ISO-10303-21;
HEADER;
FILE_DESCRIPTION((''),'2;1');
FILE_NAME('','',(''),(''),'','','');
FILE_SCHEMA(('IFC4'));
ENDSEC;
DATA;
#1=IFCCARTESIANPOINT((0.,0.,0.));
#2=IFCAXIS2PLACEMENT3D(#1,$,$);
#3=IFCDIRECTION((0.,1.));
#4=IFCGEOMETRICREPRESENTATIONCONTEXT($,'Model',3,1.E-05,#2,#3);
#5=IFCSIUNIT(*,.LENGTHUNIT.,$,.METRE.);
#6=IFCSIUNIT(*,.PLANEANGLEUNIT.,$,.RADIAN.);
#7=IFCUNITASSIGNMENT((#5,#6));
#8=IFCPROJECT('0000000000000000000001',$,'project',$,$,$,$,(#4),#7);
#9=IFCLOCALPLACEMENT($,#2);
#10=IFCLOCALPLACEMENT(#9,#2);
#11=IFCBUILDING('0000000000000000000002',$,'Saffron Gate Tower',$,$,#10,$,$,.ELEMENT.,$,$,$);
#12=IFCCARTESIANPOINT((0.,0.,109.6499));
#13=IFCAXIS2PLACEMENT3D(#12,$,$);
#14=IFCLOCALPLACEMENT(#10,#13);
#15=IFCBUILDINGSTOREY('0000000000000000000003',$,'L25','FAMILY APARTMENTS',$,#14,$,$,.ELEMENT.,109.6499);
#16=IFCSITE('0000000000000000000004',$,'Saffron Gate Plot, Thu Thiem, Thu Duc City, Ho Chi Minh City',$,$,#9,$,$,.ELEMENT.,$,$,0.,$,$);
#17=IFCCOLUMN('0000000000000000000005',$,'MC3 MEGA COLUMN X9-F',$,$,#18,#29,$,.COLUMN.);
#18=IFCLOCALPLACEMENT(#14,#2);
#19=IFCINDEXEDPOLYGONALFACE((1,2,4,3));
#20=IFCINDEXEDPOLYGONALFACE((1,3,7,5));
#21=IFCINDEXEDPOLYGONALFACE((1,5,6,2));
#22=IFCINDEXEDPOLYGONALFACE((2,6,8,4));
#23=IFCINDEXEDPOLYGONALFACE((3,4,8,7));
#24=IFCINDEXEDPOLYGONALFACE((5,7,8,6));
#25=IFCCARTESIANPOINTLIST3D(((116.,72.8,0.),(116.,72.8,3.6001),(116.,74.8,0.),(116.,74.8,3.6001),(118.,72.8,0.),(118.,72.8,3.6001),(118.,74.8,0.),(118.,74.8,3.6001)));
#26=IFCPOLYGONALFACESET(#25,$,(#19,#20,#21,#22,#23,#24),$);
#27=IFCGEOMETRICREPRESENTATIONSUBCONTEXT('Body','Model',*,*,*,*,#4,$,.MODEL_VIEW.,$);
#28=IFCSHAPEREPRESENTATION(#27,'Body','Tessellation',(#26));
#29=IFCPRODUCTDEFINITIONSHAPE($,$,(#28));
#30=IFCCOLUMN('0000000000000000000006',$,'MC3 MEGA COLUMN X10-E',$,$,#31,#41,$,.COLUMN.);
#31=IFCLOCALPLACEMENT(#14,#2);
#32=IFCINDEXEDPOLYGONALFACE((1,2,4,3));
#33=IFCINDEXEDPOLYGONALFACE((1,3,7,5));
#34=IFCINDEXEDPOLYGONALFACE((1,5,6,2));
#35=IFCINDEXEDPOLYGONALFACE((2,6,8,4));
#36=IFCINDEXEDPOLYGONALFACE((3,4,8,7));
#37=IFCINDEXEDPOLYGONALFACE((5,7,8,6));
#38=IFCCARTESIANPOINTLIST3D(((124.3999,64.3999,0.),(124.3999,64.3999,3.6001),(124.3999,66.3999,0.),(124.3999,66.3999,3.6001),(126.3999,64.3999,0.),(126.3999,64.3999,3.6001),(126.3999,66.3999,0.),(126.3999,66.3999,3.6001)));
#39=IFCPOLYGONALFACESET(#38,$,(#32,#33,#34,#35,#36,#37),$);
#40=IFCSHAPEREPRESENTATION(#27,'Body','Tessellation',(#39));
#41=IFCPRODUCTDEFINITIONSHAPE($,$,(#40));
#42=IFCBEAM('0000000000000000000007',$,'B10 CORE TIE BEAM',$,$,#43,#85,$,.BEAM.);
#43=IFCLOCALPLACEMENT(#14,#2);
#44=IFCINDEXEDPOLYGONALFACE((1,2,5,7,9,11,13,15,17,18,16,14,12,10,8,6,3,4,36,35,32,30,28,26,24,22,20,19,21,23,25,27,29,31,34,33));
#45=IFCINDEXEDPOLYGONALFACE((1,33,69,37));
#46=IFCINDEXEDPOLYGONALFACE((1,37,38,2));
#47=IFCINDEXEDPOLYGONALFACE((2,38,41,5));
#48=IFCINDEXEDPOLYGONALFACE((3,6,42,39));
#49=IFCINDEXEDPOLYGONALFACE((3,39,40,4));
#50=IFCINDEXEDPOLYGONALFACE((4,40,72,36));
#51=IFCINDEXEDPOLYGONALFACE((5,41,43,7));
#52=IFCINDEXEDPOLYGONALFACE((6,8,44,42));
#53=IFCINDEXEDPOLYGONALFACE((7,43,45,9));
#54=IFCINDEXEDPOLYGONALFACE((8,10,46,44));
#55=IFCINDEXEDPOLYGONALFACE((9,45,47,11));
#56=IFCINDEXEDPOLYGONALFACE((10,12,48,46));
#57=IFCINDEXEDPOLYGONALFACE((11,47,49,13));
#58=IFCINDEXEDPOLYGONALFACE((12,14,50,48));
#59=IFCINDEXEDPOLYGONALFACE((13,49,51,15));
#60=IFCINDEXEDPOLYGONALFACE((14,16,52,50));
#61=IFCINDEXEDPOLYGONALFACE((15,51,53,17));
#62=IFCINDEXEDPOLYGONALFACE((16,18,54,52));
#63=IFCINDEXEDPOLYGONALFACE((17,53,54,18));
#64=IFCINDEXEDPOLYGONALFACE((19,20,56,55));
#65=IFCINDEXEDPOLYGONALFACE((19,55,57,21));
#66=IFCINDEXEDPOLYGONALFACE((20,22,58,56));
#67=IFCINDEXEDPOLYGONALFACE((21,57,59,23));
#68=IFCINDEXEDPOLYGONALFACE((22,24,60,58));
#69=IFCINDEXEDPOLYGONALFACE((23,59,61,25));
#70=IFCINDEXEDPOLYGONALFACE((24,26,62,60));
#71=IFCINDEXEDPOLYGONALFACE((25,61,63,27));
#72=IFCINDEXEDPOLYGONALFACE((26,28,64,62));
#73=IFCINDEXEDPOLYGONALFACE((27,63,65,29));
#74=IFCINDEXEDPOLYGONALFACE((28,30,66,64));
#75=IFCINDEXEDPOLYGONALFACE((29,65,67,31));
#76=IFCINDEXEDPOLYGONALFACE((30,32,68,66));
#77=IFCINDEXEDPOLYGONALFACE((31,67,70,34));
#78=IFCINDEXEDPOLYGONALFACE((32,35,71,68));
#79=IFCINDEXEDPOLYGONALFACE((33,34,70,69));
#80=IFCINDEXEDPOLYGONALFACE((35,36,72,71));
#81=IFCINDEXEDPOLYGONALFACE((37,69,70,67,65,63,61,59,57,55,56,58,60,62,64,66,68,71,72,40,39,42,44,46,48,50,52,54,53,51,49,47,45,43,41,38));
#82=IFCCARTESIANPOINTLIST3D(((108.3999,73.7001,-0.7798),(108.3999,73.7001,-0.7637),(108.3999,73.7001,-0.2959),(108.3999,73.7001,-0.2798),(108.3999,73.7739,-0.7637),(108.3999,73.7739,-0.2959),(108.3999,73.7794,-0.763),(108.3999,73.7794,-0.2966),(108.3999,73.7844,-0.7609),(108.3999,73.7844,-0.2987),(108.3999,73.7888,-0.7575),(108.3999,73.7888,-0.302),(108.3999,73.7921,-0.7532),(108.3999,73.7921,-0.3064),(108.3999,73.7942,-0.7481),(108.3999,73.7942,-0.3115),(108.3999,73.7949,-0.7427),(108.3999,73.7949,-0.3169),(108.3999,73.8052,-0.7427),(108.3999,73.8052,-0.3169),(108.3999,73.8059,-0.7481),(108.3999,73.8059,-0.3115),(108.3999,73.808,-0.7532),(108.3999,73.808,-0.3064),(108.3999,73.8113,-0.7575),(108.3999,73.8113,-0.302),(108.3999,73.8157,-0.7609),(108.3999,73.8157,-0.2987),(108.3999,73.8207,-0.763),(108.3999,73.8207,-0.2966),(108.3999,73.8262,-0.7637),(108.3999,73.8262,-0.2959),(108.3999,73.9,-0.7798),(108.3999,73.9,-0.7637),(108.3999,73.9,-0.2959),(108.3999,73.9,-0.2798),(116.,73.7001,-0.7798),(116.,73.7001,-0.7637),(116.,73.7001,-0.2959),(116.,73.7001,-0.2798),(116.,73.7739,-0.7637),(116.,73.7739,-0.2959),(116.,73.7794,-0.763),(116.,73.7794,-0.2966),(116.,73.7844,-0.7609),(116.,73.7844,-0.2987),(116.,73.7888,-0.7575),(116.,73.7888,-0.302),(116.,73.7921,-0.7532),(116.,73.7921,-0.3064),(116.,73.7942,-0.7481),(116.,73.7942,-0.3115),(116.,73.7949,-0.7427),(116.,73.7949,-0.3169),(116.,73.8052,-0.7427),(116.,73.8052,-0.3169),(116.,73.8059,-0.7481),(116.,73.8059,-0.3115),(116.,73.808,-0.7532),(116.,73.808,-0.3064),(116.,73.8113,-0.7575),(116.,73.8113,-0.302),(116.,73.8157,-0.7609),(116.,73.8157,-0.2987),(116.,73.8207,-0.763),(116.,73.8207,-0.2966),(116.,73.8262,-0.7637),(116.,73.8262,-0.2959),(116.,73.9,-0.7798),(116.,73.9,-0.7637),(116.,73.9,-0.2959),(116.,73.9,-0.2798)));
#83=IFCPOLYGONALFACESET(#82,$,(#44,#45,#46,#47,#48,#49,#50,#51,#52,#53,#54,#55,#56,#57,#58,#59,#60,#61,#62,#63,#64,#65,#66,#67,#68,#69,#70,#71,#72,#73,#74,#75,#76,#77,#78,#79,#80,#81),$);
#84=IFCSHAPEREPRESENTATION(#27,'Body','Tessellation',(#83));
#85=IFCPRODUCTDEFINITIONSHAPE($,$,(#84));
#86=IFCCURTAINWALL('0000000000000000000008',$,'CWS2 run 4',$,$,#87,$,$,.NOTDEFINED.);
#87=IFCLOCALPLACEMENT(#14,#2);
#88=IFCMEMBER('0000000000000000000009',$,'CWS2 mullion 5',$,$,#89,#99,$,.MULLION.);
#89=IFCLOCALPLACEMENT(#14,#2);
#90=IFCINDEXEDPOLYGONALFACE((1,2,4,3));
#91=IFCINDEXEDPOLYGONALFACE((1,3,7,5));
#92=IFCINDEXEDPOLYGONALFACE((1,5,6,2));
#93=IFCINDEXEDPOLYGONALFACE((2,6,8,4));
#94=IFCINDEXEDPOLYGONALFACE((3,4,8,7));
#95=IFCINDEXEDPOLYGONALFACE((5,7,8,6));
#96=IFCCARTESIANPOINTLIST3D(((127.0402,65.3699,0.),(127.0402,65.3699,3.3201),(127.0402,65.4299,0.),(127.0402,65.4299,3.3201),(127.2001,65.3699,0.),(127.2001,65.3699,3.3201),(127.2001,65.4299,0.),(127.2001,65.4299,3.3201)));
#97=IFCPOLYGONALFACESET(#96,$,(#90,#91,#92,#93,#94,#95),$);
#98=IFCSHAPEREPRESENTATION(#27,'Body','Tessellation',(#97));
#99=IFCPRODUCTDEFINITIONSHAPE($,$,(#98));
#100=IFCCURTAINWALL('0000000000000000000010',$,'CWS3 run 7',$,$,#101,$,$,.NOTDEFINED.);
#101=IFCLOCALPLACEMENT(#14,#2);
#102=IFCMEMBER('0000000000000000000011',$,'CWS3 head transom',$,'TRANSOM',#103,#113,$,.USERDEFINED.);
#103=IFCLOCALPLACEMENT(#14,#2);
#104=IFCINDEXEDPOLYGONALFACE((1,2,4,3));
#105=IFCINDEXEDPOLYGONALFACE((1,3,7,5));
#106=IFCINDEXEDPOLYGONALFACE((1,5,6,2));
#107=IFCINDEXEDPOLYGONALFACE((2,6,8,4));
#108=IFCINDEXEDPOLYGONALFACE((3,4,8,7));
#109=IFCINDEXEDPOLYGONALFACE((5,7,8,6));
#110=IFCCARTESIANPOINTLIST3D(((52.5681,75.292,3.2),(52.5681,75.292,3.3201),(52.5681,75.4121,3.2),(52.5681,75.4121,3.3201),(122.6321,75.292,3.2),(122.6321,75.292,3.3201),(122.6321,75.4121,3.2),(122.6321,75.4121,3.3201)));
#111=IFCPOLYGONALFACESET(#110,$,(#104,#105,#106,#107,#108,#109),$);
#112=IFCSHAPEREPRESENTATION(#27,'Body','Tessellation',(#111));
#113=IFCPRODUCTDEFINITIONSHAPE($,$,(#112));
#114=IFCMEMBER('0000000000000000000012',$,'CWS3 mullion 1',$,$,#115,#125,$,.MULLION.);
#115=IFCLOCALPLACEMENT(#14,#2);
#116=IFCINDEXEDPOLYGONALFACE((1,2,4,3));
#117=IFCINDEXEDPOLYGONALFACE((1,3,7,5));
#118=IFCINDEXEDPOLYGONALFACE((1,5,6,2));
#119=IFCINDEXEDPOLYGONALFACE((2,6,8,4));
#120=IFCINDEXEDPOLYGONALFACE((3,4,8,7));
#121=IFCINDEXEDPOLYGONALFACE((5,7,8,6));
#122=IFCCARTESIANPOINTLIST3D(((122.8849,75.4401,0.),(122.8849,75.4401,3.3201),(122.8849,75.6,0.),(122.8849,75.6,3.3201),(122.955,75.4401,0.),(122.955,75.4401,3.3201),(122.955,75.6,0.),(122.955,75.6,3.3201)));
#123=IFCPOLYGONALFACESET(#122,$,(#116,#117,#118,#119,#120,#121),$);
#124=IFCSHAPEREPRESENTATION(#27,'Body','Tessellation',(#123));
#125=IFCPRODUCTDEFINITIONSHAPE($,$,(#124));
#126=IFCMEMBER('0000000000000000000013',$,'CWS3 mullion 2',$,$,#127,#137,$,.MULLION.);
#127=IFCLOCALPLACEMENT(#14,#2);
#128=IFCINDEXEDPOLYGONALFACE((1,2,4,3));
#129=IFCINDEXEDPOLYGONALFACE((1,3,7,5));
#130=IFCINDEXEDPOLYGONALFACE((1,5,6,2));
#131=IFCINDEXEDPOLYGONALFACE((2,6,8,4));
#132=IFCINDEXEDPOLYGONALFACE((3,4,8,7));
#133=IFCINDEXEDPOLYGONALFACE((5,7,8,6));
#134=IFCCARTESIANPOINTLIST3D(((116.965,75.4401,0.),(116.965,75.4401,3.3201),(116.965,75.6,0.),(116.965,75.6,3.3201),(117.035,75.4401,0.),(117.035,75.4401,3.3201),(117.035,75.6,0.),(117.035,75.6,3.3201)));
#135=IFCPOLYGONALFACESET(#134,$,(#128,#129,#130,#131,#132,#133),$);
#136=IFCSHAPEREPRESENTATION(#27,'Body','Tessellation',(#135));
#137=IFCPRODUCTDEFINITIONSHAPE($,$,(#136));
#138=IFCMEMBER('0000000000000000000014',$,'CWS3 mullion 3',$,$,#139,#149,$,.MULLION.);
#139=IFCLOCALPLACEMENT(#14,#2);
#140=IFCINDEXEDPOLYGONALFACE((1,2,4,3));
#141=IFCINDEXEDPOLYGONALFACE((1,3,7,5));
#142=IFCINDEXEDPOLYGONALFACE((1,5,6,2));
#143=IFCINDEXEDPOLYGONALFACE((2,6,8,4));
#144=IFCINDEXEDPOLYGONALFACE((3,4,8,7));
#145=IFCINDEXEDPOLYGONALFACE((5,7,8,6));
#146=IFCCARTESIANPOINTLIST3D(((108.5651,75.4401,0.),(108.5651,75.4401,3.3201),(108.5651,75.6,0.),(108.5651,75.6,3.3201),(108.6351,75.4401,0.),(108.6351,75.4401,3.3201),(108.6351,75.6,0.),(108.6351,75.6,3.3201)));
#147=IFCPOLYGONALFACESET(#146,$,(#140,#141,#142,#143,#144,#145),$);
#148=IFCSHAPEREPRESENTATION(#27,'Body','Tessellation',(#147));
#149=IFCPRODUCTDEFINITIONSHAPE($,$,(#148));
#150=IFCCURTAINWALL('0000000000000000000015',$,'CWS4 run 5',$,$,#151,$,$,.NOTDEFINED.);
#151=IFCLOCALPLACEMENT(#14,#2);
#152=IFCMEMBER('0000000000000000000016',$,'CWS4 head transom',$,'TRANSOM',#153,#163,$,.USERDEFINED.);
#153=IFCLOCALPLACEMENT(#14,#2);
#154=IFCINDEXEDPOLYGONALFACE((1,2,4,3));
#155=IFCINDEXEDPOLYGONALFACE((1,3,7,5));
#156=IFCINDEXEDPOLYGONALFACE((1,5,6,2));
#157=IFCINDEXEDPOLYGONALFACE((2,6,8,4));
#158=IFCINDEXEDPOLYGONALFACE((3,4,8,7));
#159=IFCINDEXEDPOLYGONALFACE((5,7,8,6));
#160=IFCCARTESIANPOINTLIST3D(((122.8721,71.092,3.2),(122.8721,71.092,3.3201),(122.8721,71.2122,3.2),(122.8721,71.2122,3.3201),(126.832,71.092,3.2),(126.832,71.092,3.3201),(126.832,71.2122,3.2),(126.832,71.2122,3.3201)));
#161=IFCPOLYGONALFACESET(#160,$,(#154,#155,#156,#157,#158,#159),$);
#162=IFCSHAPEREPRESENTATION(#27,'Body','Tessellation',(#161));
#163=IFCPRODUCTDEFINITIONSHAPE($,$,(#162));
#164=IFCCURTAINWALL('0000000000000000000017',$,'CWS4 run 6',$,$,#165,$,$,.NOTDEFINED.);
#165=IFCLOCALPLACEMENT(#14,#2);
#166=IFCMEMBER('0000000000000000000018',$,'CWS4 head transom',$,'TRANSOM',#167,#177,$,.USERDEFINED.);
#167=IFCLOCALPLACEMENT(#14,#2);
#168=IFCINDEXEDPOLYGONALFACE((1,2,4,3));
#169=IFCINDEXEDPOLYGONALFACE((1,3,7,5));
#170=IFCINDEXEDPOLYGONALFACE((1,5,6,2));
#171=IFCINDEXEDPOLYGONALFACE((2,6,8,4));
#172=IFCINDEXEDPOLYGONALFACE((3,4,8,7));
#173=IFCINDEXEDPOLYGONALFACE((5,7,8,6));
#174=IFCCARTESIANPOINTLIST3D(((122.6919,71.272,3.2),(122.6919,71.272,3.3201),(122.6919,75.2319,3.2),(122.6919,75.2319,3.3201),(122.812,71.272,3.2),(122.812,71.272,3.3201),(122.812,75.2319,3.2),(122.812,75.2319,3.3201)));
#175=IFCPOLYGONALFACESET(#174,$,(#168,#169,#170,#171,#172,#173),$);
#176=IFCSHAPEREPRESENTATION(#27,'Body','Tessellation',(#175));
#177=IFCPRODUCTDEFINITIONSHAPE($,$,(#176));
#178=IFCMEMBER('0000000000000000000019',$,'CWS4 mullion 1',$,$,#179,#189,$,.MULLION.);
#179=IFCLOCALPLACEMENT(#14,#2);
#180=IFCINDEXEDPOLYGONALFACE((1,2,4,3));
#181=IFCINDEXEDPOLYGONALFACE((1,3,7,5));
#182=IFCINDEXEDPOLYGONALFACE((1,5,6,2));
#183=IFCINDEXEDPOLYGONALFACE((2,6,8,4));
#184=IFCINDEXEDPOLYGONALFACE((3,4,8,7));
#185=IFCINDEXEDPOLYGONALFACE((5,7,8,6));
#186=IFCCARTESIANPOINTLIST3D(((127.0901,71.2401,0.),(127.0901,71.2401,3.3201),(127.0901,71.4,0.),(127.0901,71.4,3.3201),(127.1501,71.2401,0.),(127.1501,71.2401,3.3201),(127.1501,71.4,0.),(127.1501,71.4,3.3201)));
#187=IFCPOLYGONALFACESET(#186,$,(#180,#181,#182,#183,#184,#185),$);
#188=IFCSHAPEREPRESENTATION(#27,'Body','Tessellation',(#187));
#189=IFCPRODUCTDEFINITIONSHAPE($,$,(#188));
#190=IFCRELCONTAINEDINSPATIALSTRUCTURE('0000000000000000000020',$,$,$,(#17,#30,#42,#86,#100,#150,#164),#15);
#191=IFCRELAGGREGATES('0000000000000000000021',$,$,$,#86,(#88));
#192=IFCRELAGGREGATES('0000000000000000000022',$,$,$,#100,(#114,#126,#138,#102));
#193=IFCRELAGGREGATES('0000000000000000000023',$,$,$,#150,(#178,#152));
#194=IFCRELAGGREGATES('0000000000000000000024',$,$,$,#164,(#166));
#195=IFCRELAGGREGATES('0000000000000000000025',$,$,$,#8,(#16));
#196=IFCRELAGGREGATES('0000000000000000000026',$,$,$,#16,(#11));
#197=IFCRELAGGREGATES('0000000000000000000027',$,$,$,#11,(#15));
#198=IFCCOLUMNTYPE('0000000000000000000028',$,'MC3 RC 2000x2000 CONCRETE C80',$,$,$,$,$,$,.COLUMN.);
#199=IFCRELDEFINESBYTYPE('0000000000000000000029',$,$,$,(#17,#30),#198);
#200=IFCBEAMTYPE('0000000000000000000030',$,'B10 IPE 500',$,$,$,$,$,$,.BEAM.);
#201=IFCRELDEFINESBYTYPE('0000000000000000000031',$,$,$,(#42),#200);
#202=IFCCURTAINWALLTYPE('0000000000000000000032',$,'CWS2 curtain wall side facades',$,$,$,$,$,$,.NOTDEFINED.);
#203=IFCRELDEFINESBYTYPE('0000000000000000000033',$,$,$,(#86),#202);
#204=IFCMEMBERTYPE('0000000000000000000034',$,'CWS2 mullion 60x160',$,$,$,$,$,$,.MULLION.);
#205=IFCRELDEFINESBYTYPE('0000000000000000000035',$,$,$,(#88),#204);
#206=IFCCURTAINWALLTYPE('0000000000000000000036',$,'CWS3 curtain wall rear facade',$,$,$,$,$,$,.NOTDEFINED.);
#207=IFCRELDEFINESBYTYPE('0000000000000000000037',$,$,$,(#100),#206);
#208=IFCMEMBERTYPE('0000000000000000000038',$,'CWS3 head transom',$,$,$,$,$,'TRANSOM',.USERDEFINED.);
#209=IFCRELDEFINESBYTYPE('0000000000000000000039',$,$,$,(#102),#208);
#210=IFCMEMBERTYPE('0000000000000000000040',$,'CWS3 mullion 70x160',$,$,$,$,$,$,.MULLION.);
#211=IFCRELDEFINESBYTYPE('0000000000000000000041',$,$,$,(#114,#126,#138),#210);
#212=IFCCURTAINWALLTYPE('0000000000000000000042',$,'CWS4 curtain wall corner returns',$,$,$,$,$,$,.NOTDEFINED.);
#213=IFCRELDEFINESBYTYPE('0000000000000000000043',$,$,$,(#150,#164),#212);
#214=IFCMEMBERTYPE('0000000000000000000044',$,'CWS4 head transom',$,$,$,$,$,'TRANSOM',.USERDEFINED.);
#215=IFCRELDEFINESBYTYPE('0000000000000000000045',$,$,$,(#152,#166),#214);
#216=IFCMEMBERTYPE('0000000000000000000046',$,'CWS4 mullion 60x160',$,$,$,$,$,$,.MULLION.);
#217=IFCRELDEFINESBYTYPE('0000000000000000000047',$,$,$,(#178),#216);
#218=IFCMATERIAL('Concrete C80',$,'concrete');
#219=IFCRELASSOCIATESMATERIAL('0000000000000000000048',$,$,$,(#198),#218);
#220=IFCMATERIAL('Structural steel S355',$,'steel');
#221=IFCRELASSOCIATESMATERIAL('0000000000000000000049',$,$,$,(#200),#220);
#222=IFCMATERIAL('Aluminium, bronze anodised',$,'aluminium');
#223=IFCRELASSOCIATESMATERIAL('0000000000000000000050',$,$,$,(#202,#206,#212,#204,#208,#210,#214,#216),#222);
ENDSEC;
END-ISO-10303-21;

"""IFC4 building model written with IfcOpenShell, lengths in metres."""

from ifc_helpers import new_model, si_unit, direction, frame, origin, origin_2d, place, context, subcontext, project, spatial, rectangle, i_section, extrude, material, material_profile, profile_set, type_object, element, aggregate, save


model = new_model("IFC4")

# Units and contexts
model_context = context("Model", 3, precision=1e-05, world=origin(), true_north=direction((0.0, 1.0)))
body_context = subcontext(model_context, "Body", "Model", "MODEL_VIEW")
ifc_project = project(units=[si_unit("LENGTHUNIT", "METRE"), si_unit("PLANEANGLEUNIT", "RADIAN")], contexts=[model_context])

# Site, building, storey
site_placement = place(None, origin())
site = spatial("IfcSite", under=ifc_project, at=site_placement, Name="Saffron Gate Plot, Thu Thiem, Thu Duc City, Ho Chi Minh City", CompositionType="ELEMENT", RefElevation=0.0)
building_placement = place(site_placement, origin())
building = spatial("IfcBuilding", under=site, at=building_placement, Name="Saffron Gate Tower", CompositionType="ELEMENT")
storey_placement = place(building_placement, frame((0.0, 0.0, 109.6499)))
storey = spatial("IfcBuildingStorey", under=building, at=storey_placement, Name="L25", Description="FAMILY APARTMENTS", CompositionType="ELEMENT", Elevation=109.6499)

# Columns
ifc_material_1 = material(Name="Concrete C80", Category="concrete")
ifc_material_profile_1 = material_profile(ifc_material_1, rectangle(XDim=2.0, YDim=2.0, at=origin_2d()))
ifc_profile_set_1 = profile_set([ifc_material_profile_1], Name="Concrete C80")
column_type = type_object("IfcColumnType", Name="MC3 RC 2000x2000 CONCRETE C80", PredefinedType="COLUMN", material=ifc_profile_set_1)
for number, where, z_axis, x_axis, name in (
    (1, (117.0, 73.8, 0.0), (0.0, 0.0, 1.0), (1.0, 0.0, 0.0), "MC3 MEGA COLUMN X9-F"),
    (2, (125.3999, 65.3999, 0.0), (0.0, 0.0, 1.0), (1.0, 0.0, 0.0), "MC3 MEGA COLUMN X10-E"),
):
    element("IfcColumn", number, at=place(storey_placement, frame(where, z_axis=z_axis, x_axis=x_axis)), inside=storey, type_object=column_type, Name=name, PredefinedType="COLUMN", context=body_context, shape_type="SweptSolid", body=[
        extrude(rectangle(XDim=2.0, YDim=2.0, at=origin_2d()), origin(), (0.0, 0.0, 1.0), 3.6001),
    ])

# Beam
ifc_material_2 = material(Name="Structural steel S355", Category="steel")
ifc_material_profile_2 = material_profile(ifc_material_2, i_section(OverallWidth=0.2, OverallDepth=0.5, WebThickness=0.0103, FlangeThickness=0.0161, FilletRadius=0.021, at=origin_2d()))
ifc_profile_set_2 = profile_set([ifc_material_profile_2], Name="Structural steel S355")
beam_type = type_object("IfcBeamType", Name="B10 IPE 500", PredefinedType="BEAM", material=ifc_profile_set_2)
beam_placement = place(storey_placement, frame((116.0, 73.8, -0.5298), z_axis=(-1.0, 0.0, 0.0), x_axis=(0.0, -1.0, 0.0)))
element("IfcBeam", 3, at=beam_placement, inside=storey, type_object=beam_type, Name="B10 CORE TIE BEAM", PredefinedType="BEAM", context=body_context, shape_type="SweptSolid", body=[
    extrude(i_section(OverallWidth=0.2, OverallDepth=0.5, WebThickness=0.0103, FlangeThickness=0.0161, FilletRadius=0.021, at=origin_2d()), origin(), (0.0, 0.0, 1.0), 7.6001),
])

# Curtain wall, member
ifc_material_3 = material(Name="Aluminium, bronze anodised", Category="aluminium")
curtain_wall_type_1 = type_object("IfcCurtainWallType", Name="CWS2 curtain wall side facades", PredefinedType="NOTDEFINED", material=ifc_material_3)
curtain_wall_1_placement = place(storey_placement, origin())
curtain_wall_1 = element("IfcCurtainWall", 4, at=curtain_wall_1_placement, inside=storey, type_object=curtain_wall_type_1, Name="CWS2 run 4", PredefinedType="NOTDEFINED")
ifc_material_profile_3 = material_profile(ifc_material_3, rectangle(XDim=0.1599, YDim=0.0601, at=origin_2d()))
ifc_profile_set_3 = profile_set([ifc_material_profile_3], Name="Aluminium, bronze anodised")
member_type_1 = type_object("IfcMemberType", Name="CWS2 mullion 60x160", PredefinedType="MULLION", material=ifc_profile_set_3)
member_1_placement = place(storey_placement, frame((127.1201, 65.3999, 0.0), z_axis=(0.0, 0.0, 1.0), x_axis=(-1.0, 0.0, 0.0)))
member_1 = element("IfcMember", 5, at=member_1_placement, type_object=member_type_1, Name="CWS2 mullion 5", PredefinedType="MULLION", context=body_context, shape_type="SweptSolid", body=[
    extrude(rectangle(XDim=0.1599, YDim=0.0601, at=origin_2d()), origin(), (0.0, 0.0, 1.0), 3.3201),
])
aggregate(curtain_wall_1, [member_1])

# Curtain wall, members
curtain_wall_type_2 = type_object("IfcCurtainWallType", Name="CWS3 curtain wall rear facade", PredefinedType="NOTDEFINED", material=ifc_material_3)
curtain_wall_2_placement = place(storey_placement, origin())
curtain_wall_2 = element("IfcCurtainWall", 6, at=curtain_wall_2_placement, inside=storey, type_object=curtain_wall_type_2, Name="CWS3 run 7", PredefinedType="NOTDEFINED")
ifc_material_profile_4 = material_profile(ifc_material_3, rectangle(XDim=0.1201, YDim=0.1201, at=origin_2d()))
ifc_profile_set_4 = profile_set([ifc_material_profile_4], Name="Aluminium, bronze anodised")
member_type_2 = type_object("IfcMemberType", Name="CWS3 head transom", ElementType="TRANSOM", PredefinedType="USERDEFINED", material=ifc_profile_set_4)
member_2_placement = place(storey_placement, frame((122.6321, 75.3521, 3.26), z_axis=(-1.0, 0.0, 0.0), x_axis=(0.0, -1.0, 0.0)))
member_2 = element("IfcMember", 7, at=member_2_placement, type_object=member_type_2, Name="CWS3 head transom", ObjectType="TRANSOM", PredefinedType="USERDEFINED", context=body_context, shape_type="SweptSolid", body=[
    extrude(rectangle(XDim=0.1201, YDim=0.1201, at=origin_2d()), origin(), (0.0, 0.0, 1.0), 70.064),
])
ifc_material_profile_5 = material_profile(ifc_material_3, rectangle(XDim=0.1599, YDim=0.0701, at=origin_2d()))
ifc_profile_set_5 = profile_set([ifc_material_profile_5], Name="Aluminium, bronze anodised")
member_type_3 = type_object("IfcMemberType", Name="CWS3 mullion 70x160", PredefinedType="MULLION", material=ifc_profile_set_5)
member_3_placement = place(storey_placement, frame((122.9199, 75.52, 0.0), z_axis=(0.0, 0.0, 1.0), x_axis=(0.0, -1.0, 0.0)))
member_3 = element("IfcMember", 8, at=member_3_placement, type_object=member_type_3, Name="CWS3 mullion 1", PredefinedType="MULLION", context=body_context, shape_type="SweptSolid", body=[
    extrude(rectangle(XDim=0.1599, YDim=0.0701, at=origin_2d()), origin(), (0.0, 0.0, 1.0), 3.3201),
])
member_4_placement = place(storey_placement, frame((117.0, 75.52, 0.0), z_axis=(0.0, 0.0, 1.0), x_axis=(0.0, -1.0, 0.0)))
member_4 = element("IfcMember", 9, at=member_4_placement, type_object=member_type_3, Name="CWS3 mullion 2", PredefinedType="MULLION", context=body_context, shape_type="SweptSolid", body=[
    extrude(rectangle(XDim=0.1599, YDim=0.0701, at=origin_2d()), origin(), (0.0, 0.0, 1.0), 3.3201),
])
member_5_placement = place(storey_placement, frame((108.6001, 75.52, 0.0), z_axis=(0.0, 0.0, 1.0), x_axis=(0.0, -1.0, 0.0)))
member_5 = element("IfcMember", 10, at=member_5_placement, type_object=member_type_3, Name="CWS3 mullion 3", PredefinedType="MULLION", context=body_context, shape_type="SweptSolid", body=[
    extrude(rectangle(XDim=0.1599, YDim=0.0701, at=origin_2d()), origin(), (0.0, 0.0, 1.0), 3.3201),
])

# Curtain walls, members
curtain_wall_type_3 = type_object("IfcCurtainWallType", Name="CWS4 curtain wall corner returns", PredefinedType="NOTDEFINED", material=ifc_material_3)
curtain_wall_3_placement = place(storey_placement, origin())
curtain_wall_3 = element("IfcCurtainWall", 11, at=curtain_wall_3_placement, inside=storey, type_object=curtain_wall_type_3, Name="CWS4 run 5", PredefinedType="NOTDEFINED")
ifc_material_profile_6 = material_profile(ifc_material_3, rectangle(XDim=0.1201, YDim=0.1201, at=origin_2d()))
ifc_profile_set_6 = profile_set([ifc_material_profile_6], Name="Aluminium, bronze anodised")
member_type_4 = type_object("IfcMemberType", Name="CWS4 head transom", ElementType="TRANSOM", PredefinedType="USERDEFINED", material=ifc_profile_set_6)
member_6_placement = place(storey_placement, frame((126.832, 71.1521, 3.26), z_axis=(-1.0, 0.0, 0.0), x_axis=(0.0, -1.0, 0.0)))
member_6 = element("IfcMember", 12, at=member_6_placement, type_object=member_type_4, Name="CWS4 head transom", ObjectType="TRANSOM", PredefinedType="USERDEFINED", context=body_context, shape_type="SweptSolid", body=[
    extrude(rectangle(XDim=0.1201, YDim=0.1201, at=origin_2d()), origin(), (0.0, 0.0, 1.0), 3.96),
])
curtain_wall_4_placement = place(storey_placement, origin())
curtain_wall_4 = element("IfcCurtainWall", 13, at=curtain_wall_4_placement, inside=storey, type_object=curtain_wall_type_3, Name="CWS4 run 6", PredefinedType="NOTDEFINED")
member_7_placement = place(storey_placement, frame((122.752, 71.272, 3.26), z_axis=(0.0, 1.0, 0.0), x_axis=(-1.0, 0.0, 0.0)))
member_7 = element("IfcMember", 14, at=member_7_placement, type_object=member_type_4, Name="CWS4 head transom", ObjectType="TRANSOM", PredefinedType="USERDEFINED", context=body_context, shape_type="SweptSolid", body=[
    extrude(rectangle(XDim=0.1201, YDim=0.1201, at=origin_2d()), origin(), (0.0, 0.0, 1.0), 3.96),
])

# Member
ifc_material_profile_7 = material_profile(ifc_material_3, rectangle(XDim=0.1599, YDim=0.0601, at=origin_2d()))
ifc_profile_set_7 = profile_set([ifc_material_profile_7], Name="Aluminium, bronze anodised")
member_type_5 = type_object("IfcMemberType", Name="CWS4 mullion 60x160", PredefinedType="MULLION", material=ifc_profile_set_7)
member_8_placement = place(storey_placement, frame((127.1201, 71.3201, 0.0), z_axis=(0.0, 0.0, 1.0), x_axis=(0.0, -1.0, 0.0)))
member_8 = element("IfcMember", 15, at=member_8_placement, type_object=member_type_5, Name="CWS4 mullion 1", PredefinedType="MULLION", context=body_context, shape_type="SweptSolid", body=[
    extrude(rectangle(XDim=0.1599, YDim=0.0601, at=origin_2d()), origin(), (0.0, 0.0, 1.0), 3.3201),
])

aggregate(curtain_wall_2, [member_3, member_4, member_5, member_2])

aggregate(curtain_wall_3, [member_8, member_6])
aggregate(curtain_wall_4, [member_7])

save(model, "model.ifc")
